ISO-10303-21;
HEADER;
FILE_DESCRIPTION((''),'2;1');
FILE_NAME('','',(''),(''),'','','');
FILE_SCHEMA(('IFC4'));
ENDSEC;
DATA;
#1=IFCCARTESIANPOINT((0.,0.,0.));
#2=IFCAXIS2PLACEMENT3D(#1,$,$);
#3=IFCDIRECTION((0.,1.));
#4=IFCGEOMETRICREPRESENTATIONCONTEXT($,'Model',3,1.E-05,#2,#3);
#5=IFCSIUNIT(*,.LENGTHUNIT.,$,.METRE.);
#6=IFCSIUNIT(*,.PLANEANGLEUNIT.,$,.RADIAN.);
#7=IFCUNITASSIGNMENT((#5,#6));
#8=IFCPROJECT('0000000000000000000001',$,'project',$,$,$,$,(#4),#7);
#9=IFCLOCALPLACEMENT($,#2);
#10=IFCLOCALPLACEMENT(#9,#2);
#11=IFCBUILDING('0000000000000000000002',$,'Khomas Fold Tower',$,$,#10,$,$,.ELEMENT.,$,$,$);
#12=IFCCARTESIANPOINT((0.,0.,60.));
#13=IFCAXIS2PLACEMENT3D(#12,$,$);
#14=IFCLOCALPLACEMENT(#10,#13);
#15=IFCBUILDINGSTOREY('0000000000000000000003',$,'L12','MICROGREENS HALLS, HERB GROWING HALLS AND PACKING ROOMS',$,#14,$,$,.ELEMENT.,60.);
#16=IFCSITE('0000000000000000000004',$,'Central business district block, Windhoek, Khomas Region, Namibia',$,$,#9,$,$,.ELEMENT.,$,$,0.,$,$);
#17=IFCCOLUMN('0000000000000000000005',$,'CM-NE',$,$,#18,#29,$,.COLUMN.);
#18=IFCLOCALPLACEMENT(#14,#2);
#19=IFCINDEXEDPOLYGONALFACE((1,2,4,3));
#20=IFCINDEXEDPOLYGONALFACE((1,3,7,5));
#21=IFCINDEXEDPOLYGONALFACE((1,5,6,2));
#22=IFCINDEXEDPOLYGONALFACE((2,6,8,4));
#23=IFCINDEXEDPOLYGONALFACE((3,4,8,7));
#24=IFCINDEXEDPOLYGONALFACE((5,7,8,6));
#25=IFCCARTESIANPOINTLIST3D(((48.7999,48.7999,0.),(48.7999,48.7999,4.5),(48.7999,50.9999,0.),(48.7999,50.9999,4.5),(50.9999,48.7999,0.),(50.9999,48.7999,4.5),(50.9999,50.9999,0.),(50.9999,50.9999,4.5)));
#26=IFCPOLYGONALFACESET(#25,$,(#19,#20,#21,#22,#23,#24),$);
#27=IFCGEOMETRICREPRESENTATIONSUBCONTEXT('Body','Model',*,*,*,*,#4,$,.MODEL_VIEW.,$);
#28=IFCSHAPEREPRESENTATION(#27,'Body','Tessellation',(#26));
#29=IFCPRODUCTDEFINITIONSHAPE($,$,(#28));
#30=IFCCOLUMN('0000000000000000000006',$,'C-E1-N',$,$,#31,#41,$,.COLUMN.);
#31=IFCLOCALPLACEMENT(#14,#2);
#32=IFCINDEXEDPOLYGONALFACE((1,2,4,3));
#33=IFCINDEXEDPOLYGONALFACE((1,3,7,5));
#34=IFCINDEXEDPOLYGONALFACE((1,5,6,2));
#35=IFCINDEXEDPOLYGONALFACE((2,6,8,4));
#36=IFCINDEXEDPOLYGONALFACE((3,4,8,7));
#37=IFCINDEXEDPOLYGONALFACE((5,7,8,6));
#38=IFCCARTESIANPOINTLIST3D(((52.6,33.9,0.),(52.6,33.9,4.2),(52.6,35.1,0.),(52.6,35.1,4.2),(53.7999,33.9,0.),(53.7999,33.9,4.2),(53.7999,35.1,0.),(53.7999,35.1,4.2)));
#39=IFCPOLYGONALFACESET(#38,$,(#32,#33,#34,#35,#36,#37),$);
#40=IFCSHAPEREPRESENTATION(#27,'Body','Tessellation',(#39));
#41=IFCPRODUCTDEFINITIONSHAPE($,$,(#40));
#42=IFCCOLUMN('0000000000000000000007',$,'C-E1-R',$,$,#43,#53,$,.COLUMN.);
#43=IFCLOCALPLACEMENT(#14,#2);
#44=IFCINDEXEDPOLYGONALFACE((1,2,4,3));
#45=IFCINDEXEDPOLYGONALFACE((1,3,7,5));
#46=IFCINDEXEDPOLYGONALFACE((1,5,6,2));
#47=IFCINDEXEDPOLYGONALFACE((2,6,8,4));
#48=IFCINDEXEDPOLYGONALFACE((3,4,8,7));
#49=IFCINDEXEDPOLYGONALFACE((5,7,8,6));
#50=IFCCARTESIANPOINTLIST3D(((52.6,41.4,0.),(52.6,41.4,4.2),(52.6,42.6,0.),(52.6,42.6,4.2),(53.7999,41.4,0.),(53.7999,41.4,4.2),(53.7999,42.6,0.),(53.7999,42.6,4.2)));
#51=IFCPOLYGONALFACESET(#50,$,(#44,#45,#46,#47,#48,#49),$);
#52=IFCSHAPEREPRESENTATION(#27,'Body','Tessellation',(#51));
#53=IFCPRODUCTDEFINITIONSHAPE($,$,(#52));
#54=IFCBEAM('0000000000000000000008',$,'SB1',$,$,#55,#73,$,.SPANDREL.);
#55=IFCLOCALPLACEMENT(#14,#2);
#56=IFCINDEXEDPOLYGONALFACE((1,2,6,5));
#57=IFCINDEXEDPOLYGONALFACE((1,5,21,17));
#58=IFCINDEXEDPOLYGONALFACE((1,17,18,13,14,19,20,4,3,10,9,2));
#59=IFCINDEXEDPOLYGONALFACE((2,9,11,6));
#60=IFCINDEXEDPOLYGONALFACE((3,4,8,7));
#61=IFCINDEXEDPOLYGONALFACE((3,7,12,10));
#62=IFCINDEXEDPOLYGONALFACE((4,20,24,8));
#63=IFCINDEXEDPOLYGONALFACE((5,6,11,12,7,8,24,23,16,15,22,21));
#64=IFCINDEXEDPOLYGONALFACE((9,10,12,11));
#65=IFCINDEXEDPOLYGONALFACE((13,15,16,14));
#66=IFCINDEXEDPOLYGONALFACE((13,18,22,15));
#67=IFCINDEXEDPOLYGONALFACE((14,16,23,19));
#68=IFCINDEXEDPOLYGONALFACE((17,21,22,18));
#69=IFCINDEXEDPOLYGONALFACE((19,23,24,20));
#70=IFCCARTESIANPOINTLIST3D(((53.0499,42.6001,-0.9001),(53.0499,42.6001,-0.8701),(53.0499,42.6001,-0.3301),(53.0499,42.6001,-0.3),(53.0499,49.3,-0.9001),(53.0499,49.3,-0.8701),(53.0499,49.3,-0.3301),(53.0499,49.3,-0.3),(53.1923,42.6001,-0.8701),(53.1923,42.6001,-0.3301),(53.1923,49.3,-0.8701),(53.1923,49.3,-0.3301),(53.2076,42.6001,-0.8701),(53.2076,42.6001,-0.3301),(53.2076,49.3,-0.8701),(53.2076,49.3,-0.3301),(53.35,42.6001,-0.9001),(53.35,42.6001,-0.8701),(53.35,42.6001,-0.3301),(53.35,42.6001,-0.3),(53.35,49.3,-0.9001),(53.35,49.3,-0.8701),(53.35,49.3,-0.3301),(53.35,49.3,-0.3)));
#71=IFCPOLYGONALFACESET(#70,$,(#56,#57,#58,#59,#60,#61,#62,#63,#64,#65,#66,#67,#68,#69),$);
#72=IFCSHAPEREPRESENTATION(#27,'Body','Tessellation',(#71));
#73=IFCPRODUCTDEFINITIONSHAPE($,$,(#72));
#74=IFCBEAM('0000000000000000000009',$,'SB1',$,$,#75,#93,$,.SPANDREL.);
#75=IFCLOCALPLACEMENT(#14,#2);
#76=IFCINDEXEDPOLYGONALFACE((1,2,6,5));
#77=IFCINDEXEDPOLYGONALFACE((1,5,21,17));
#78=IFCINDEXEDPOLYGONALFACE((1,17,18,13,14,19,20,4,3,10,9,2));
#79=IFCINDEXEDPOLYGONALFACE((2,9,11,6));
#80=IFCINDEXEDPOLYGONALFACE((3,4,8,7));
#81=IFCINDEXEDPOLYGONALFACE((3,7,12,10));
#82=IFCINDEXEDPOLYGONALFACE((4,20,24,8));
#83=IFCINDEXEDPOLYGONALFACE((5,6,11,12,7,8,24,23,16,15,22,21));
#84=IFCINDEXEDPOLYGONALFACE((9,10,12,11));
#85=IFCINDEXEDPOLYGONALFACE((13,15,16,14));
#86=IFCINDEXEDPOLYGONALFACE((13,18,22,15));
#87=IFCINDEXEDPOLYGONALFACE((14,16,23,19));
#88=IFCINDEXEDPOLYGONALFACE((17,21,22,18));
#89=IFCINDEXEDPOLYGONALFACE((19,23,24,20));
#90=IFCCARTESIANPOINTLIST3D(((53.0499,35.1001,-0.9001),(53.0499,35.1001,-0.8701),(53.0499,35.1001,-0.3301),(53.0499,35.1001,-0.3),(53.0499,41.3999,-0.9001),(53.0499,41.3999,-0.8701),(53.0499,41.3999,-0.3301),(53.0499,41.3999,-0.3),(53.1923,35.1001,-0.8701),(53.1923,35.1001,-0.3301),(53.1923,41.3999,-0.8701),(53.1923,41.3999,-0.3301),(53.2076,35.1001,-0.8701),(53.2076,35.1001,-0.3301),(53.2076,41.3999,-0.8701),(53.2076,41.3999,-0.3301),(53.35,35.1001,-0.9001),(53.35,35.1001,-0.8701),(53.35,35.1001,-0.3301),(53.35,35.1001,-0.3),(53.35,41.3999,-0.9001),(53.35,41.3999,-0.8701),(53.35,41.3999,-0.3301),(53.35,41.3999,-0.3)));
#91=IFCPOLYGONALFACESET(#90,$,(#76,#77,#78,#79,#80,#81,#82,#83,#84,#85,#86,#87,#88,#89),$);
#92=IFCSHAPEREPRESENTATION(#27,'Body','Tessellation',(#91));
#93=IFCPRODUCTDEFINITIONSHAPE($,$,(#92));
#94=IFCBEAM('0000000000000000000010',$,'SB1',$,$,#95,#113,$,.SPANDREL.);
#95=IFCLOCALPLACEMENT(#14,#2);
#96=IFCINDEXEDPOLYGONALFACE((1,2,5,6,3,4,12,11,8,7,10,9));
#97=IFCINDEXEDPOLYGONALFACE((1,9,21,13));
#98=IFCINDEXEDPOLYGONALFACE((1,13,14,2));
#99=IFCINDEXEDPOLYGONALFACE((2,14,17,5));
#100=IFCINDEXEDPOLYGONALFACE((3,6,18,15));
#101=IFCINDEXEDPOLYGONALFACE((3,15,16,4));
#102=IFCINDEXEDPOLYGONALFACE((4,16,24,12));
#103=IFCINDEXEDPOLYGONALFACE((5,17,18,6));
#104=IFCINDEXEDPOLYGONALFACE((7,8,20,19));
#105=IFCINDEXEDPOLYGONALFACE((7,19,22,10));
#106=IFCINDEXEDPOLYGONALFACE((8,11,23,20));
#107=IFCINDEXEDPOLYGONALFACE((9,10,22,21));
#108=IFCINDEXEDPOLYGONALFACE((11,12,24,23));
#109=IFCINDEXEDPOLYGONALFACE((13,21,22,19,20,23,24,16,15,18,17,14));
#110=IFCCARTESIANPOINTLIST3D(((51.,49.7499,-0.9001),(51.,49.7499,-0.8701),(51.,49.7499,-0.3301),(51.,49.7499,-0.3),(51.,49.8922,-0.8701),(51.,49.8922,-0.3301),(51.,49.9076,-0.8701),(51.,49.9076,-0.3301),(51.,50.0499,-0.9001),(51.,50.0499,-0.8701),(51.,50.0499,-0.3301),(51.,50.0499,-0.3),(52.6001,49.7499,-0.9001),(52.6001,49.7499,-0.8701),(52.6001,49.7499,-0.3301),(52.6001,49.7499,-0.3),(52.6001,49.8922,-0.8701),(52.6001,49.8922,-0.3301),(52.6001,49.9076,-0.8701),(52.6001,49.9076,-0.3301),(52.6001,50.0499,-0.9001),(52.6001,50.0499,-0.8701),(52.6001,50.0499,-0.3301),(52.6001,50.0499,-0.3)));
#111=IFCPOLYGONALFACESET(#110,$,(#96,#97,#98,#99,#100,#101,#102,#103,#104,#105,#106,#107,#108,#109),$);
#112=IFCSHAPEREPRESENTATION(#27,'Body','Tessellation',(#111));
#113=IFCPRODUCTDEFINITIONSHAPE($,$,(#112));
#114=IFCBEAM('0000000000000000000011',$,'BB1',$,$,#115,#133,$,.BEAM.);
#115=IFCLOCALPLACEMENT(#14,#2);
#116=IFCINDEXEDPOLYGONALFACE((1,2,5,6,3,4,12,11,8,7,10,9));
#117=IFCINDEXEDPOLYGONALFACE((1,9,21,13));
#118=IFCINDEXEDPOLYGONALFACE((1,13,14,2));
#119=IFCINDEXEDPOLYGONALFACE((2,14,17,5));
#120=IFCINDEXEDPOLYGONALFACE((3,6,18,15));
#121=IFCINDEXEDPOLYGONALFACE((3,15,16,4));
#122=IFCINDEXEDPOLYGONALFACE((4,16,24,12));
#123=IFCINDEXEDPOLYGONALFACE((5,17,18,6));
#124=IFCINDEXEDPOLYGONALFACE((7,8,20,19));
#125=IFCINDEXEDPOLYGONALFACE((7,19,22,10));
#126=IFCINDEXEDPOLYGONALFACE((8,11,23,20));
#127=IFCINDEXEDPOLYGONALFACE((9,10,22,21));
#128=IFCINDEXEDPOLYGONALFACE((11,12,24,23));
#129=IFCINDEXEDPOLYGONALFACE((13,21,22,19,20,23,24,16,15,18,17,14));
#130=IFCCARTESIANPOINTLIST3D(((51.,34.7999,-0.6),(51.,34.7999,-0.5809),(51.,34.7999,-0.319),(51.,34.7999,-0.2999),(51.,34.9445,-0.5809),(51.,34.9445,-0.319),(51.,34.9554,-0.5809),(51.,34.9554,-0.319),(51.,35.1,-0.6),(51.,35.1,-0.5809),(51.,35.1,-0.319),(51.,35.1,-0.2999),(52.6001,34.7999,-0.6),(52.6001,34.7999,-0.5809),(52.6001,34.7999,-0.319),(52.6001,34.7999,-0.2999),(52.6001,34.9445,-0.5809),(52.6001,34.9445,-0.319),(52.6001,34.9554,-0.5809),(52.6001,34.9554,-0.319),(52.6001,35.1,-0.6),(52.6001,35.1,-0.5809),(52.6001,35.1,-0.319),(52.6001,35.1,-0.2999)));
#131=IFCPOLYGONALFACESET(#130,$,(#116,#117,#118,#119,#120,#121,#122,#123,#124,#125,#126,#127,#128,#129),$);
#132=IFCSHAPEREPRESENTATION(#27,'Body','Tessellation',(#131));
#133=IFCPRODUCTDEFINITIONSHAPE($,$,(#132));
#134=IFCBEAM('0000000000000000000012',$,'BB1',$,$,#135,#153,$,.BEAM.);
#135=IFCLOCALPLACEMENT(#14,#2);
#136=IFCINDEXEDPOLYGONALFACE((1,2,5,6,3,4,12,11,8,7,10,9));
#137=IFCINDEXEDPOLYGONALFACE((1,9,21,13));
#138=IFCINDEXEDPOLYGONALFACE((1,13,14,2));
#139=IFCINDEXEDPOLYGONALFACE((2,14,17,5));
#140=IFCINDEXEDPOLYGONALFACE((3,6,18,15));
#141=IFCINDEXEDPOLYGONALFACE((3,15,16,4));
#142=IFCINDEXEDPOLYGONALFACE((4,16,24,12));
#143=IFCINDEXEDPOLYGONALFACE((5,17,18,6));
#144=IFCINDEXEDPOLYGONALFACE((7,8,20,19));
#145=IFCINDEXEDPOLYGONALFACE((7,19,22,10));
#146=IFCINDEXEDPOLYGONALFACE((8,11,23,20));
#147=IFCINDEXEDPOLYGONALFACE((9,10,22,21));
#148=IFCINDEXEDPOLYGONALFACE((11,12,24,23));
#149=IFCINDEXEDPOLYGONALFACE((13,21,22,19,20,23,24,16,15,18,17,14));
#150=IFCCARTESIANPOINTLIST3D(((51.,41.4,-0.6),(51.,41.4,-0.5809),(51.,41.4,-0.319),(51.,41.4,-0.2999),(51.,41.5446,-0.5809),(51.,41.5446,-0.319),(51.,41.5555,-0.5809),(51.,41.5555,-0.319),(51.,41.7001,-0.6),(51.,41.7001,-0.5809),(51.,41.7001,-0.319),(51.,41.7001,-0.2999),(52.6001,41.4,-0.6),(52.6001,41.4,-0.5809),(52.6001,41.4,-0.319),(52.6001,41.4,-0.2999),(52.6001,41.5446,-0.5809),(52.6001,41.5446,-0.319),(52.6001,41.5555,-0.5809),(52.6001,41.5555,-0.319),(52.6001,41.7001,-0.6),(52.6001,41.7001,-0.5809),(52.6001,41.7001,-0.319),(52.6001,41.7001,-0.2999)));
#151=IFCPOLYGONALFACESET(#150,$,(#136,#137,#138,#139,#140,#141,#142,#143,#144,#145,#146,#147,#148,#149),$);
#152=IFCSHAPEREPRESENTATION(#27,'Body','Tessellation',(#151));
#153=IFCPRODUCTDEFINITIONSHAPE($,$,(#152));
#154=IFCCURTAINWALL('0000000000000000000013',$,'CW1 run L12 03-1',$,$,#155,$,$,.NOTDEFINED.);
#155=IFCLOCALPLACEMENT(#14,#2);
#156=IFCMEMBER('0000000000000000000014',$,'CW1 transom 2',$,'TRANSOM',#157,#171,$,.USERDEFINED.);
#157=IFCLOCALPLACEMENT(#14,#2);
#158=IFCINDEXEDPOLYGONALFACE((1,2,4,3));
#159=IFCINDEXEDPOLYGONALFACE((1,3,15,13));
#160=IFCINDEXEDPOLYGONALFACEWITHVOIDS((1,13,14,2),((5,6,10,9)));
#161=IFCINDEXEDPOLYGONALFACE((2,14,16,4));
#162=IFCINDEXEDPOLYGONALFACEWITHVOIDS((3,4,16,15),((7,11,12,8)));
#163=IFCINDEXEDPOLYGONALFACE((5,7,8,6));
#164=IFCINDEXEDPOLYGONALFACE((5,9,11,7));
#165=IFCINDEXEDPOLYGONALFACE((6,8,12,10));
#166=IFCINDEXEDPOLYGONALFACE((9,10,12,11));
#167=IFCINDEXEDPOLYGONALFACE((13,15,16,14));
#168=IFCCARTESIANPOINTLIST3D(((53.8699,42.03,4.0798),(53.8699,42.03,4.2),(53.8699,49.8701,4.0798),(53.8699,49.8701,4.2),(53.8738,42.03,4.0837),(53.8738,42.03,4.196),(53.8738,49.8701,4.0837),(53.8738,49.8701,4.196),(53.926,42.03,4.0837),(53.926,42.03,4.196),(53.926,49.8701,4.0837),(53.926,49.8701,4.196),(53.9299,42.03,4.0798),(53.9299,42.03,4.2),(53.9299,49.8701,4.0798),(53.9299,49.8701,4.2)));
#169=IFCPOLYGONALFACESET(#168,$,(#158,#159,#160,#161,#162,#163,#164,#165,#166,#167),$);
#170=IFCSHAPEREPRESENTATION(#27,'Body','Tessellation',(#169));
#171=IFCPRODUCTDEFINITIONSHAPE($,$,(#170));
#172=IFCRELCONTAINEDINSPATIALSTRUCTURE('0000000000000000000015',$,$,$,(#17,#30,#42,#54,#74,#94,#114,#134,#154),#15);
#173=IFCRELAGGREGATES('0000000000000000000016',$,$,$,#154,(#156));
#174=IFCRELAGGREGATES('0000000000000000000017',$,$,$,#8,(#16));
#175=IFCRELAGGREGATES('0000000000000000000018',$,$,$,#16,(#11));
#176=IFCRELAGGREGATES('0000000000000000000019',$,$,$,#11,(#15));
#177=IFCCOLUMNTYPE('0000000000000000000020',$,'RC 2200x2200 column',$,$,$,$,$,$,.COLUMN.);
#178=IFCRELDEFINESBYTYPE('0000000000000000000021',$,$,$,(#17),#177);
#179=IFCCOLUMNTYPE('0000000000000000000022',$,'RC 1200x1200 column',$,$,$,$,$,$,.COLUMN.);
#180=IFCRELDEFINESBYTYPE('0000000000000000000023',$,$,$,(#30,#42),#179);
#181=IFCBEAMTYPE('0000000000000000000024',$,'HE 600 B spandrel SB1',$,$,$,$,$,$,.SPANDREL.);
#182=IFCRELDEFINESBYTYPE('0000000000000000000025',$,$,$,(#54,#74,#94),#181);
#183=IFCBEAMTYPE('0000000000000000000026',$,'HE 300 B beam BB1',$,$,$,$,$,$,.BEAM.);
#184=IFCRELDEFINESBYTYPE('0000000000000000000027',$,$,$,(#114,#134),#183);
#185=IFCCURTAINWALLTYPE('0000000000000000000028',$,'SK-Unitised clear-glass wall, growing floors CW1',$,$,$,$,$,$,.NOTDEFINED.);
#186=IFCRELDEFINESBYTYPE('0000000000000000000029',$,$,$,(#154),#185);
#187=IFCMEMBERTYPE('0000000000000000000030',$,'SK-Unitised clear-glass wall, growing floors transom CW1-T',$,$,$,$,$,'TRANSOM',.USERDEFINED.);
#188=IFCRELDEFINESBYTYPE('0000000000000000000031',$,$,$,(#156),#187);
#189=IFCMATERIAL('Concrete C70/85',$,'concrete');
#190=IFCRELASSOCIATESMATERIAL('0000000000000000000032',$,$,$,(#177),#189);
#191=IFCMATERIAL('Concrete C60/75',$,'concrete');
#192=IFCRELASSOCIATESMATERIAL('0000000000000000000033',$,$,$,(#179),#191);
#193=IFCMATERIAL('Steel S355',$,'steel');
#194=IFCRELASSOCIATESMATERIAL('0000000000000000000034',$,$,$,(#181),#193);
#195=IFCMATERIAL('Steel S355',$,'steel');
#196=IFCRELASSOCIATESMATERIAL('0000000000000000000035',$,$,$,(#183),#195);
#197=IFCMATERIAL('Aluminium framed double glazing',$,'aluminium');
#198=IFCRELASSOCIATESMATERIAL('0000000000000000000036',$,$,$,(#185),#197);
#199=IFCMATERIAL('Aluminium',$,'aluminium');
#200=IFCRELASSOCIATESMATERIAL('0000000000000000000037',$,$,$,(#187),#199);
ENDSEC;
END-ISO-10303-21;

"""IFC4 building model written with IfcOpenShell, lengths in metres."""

from ifc_helpers import new_model, si_unit, direction, frame, origin, origin_2d, place, context, subcontext, project, spatial, rectangle, hollow_rectangle, i_section, extrude, source, transform, mapped, material, material_profile, profile_set, type_object, element, aggregate, save


model = new_model("IFC4")

# Units and contexts
model_context = context("Model", 3, precision=1e-05, world=origin(), true_north=direction((0.0, 1.0)))
body_context = subcontext(model_context, "Body", "Model", "MODEL_VIEW")
ifc_project = project(units=[si_unit("LENGTHUNIT", "METRE"), si_unit("PLANEANGLEUNIT", "RADIAN")], contexts=[model_context])

# Site, building, storey
site_placement = place(None, origin())
site = spatial("IfcSite", under=ifc_project, at=site_placement, Name="Central business district block, Windhoek, Khomas Region, Namibia", CompositionType="ELEMENT", RefElevation=0.0)
building_placement = place(site_placement, origin())
building = spatial("IfcBuilding", under=site, at=building_placement, Name="Khomas Fold Tower", CompositionType="ELEMENT")
storey_placement = place(building_placement, frame((0.0, 0.0, 60.0)))
storey = spatial("IfcBuildingStorey", under=building, at=storey_placement, Name="L12", Description="MICROGREENS HALLS, HERB GROWING HALLS AND PACKING ROOMS", CompositionType="ELEMENT", Elevation=60.0)

# Columns
ifc_material_1 = material(Name="Concrete C70/85", Category="concrete")
ifc_material_profile_1 = material_profile(ifc_material_1, rectangle(XDim=2.2, YDim=2.2, at=origin_2d()), Name="RC 2200x2200")
ifc_profile_set_1 = profile_set([ifc_material_profile_1], Name="Concrete C70/85")
column_type_1 = type_object("IfcColumnType", Name="RC 2200x2200 column", PredefinedType="COLUMN", material=ifc_profile_set_1)
shared_shape_1 = source(origin(), body_context, "Body", "SweptSolid", [
    extrude(rectangle(XDim=2.2, YDim=2.2, at=origin_2d()), origin(), (0.0, 0.0, 1.0), 4.5),
])
column_placement = place(storey_placement, frame((49.8999, 49.8999, 0.0), z_axis=(0.0, 0.0, 1.0), x_axis=(1.0, 0.0, 0.0)))
element("IfcColumn", 1, at=column_placement, inside=storey, type_object=column_type_1, Name="CM-NE", PredefinedType="COLUMN", context=body_context, shape_type="MappedRepresentation", body=[
    mapped(shared_shape_1, transform((0.0, 0.0, 0.0))),
])
ifc_material_2 = material(Name="Concrete C60/75", Category="concrete")
ifc_material_profile_2 = material_profile(ifc_material_2, rectangle(XDim=1.2, YDim=1.2, at=origin_2d()), Name="RC 1200x1200")
ifc_profile_set_2 = profile_set([ifc_material_profile_2], Name="Concrete C60/75")
column_type_2 = type_object("IfcColumnType", Name="RC 1200x1200 column", PredefinedType="COLUMN", material=ifc_profile_set_2)
shared_shape_2 = source(origin(), body_context, "Body", "SweptSolid", [
    extrude(rectangle(XDim=1.2, YDim=1.2, at=origin_2d()), origin(), (0.0, 0.0, 1.0), 4.2),
])
for number, where, z_axis, x_axis, name in (
    (2, (53.2, 34.5, 0.0), (0.0, 0.0, 1.0), (1.0, 0.0, 0.0), "C-E1-N"),
    (3, (53.2, 42.0, 0.0), (0.0, 0.0, 1.0), (1.0, 0.0, 0.0), "C-E1-R"),
):
    element("IfcColumn", number, at=place(storey_placement, frame(where, z_axis=z_axis, x_axis=x_axis)), inside=storey, type_object=column_type_2, Name=name, PredefinedType="COLUMN", context=body_context, shape_type="MappedRepresentation", body=[
        mapped(shared_shape_2, transform((0.0, 0.0, 0.0))),
    ])

# Beams
ifc_material_3 = material(Name="Steel S355", Category="steel")
ifc_material_profile_3 = material_profile(ifc_material_3, i_section(OverallWidth=0.3, OverallDepth=0.6001, WebThickness=0.0154, FlangeThickness=0.03, at=origin_2d()), Name="HE 600 B")
ifc_profile_set_3 = profile_set([ifc_material_profile_3], Name="Steel S355")
beam_type_1 = type_object("IfcBeamType", Name="HE 600 B spandrel SB1", PredefinedType="SPANDREL", material=ifc_profile_set_3)
shared_shape_3 = source(origin(), body_context, "Body", "SweptSolid", [
    extrude(i_section(OverallWidth=0.3, OverallDepth=0.6001, WebThickness=0.0154, FlangeThickness=0.03, at=origin_2d()), origin(), (0.0, 0.0, 1.0), 6.7),
])
beam_1_placement = place(storey_placement, frame((53.2, 42.6001, -0.6001), z_axis=(0.0, 1.0, 0.0), x_axis=(-1.0, 0.0, 0.0)))
element("IfcBeam", 4, at=beam_1_placement, inside=storey, type_object=beam_type_1, Name="SB1", PredefinedType="SPANDREL", context=body_context, shape_type="MappedRepresentation", body=[
    mapped(shared_shape_3, transform((0.0, 0.0, 0.0))),
])
shared_shape_4 = source(origin(), body_context, "Body", "SweptSolid", [
    extrude(i_section(OverallWidth=0.3, OverallDepth=0.6001, WebThickness=0.0154, FlangeThickness=0.03, at=origin_2d()), origin(), (0.0, 0.0, 1.0), 6.2998),
])
beam_2_placement = place(storey_placement, frame((53.2, 35.1001, -0.6001), z_axis=(0.0, 1.0, 0.0), x_axis=(-1.0, 0.0, 0.0)))
element("IfcBeam", 5, at=beam_2_placement, inside=storey, type_object=beam_type_1, Name="SB1", PredefinedType="SPANDREL", context=body_context, shape_type="MappedRepresentation", body=[
    mapped(shared_shape_4, transform((0.0, 0.0, 0.0))),
])
shared_shape_5 = source(origin(), body_context, "Body", "SweptSolid", [
    extrude(i_section(OverallWidth=0.3, OverallDepth=0.6001, WebThickness=0.0154, FlangeThickness=0.03, at=origin_2d()), origin(), (0.0, 0.0, 1.0), 1.6001),
])
beam_3_placement = place(storey_placement, frame((51.0, 49.8999, -0.6001), z_axis=(1.0, 0.0, 0.0), x_axis=(0.0, 1.0, 0.0)))
element("IfcBeam", 6, at=beam_3_placement, inside=storey, type_object=beam_type_1, Name="SB1", PredefinedType="SPANDREL", context=body_context, shape_type="MappedRepresentation", body=[
    mapped(shared_shape_5, transform((0.0, 0.0, 0.0))),
])
ifc_material_4 = material(Name="Steel S355", Category="steel")
ifc_material_profile_4 = material_profile(ifc_material_4, i_section(OverallWidth=0.3, OverallDepth=0.3, WebThickness=0.011, FlangeThickness=0.019, at=origin_2d()), Name="HE 300 B")
ifc_profile_set_4 = profile_set([ifc_material_profile_4], Name="Steel S355")
beam_type_2 = type_object("IfcBeamType", Name="HE 300 B beam BB1", PredefinedType="BEAM", material=ifc_profile_set_4)
shared_shape_6 = source(origin(), body_context, "Body", "SweptSolid", [
    extrude(i_section(OverallWidth=0.3, OverallDepth=0.3, WebThickness=0.011, FlangeThickness=0.019, at=origin_2d()), origin(), (0.0, 0.0, 1.0), 1.6001),
])
for number, where, z_axis, x_axis, name in (
    (7, (51.0, 34.95, -0.45), (1.0, 0.0, 0.0), (0.0, 1.0, 0.0), "BB1"),
    (8, (51.0, 41.55, -0.45), (1.0, 0.0, 0.0), (0.0, 1.0, 0.0), "BB1"),
):
    element("IfcBeam", number, at=place(storey_placement, frame(where, z_axis=z_axis, x_axis=x_axis)), inside=storey, type_object=beam_type_2, Name=name, PredefinedType="BEAM", context=body_context, shape_type="MappedRepresentation", body=[
        mapped(shared_shape_6, transform((0.0, 0.0, 0.0))),
    ])

# Curtain wall, member
ifc_material_5 = material(Name="Aluminium framed double glazing", Category="aluminium")
curtain_wall_type = type_object("IfcCurtainWallType", Name="SK-Unitised clear-glass wall, growing floors CW1", PredefinedType="NOTDEFINED", material=ifc_material_5)
curtain_wall_1_placement = place(storey_placement, origin())
curtain_wall_1 = element("IfcCurtainWall", 9, at=curtain_wall_1_placement, inside=storey, type_object=curtain_wall_type, Name="CW1 run L12 03-1", PredefinedType="NOTDEFINED")
ifc_material_6 = material(Name="Aluminium", Category="aluminium")
ifc_material_profile_5 = material_profile(ifc_material_6, hollow_rectangle(XDim=0.0601, YDim=0.1201, WallThickness=0.0039, at=origin_2d()), Name="SK-Unitised clear-glass wall, growing floors transom CW1-T")
ifc_profile_set_5 = profile_set([ifc_material_profile_5], Name="Aluminium")
member_type_1 = type_object("IfcMemberType", Name="SK-Unitised clear-glass wall, growing floors transom CW1-T", ElementType="TRANSOM", PredefinedType="USERDEFINED", material=ifc_profile_set_5)
shared_shape_7 = source(origin(), body_context, "Body", "SweptSolid", [
    extrude(hollow_rectangle(XDim=0.0601, YDim=0.1201, WallThickness=0.0039, at=origin_2d()), origin(), (0.0, 0.0, 1.0), 7.8401),
])
member_1_placement = place(storey_placement, frame((53.8999, 42.03, 4.1399), z_axis=(0.0, 1.0, 0.0), x_axis=(-1.0, 0.0, 0.0)))
member_1 = element("IfcMember", 10, at=member_1_placement, type_object=member_type_1, Name="CW1 transom 2", ObjectType="TRANSOM", PredefinedType="USERDEFINED", context=body_context, shape_type="MappedRepresentation", body=[
    mapped(shared_shape_7, transform((0.0, 0.0, 0.0))),
])

aggregate(curtain_wall_1, [member_1])

save(model, "model.ifc")
